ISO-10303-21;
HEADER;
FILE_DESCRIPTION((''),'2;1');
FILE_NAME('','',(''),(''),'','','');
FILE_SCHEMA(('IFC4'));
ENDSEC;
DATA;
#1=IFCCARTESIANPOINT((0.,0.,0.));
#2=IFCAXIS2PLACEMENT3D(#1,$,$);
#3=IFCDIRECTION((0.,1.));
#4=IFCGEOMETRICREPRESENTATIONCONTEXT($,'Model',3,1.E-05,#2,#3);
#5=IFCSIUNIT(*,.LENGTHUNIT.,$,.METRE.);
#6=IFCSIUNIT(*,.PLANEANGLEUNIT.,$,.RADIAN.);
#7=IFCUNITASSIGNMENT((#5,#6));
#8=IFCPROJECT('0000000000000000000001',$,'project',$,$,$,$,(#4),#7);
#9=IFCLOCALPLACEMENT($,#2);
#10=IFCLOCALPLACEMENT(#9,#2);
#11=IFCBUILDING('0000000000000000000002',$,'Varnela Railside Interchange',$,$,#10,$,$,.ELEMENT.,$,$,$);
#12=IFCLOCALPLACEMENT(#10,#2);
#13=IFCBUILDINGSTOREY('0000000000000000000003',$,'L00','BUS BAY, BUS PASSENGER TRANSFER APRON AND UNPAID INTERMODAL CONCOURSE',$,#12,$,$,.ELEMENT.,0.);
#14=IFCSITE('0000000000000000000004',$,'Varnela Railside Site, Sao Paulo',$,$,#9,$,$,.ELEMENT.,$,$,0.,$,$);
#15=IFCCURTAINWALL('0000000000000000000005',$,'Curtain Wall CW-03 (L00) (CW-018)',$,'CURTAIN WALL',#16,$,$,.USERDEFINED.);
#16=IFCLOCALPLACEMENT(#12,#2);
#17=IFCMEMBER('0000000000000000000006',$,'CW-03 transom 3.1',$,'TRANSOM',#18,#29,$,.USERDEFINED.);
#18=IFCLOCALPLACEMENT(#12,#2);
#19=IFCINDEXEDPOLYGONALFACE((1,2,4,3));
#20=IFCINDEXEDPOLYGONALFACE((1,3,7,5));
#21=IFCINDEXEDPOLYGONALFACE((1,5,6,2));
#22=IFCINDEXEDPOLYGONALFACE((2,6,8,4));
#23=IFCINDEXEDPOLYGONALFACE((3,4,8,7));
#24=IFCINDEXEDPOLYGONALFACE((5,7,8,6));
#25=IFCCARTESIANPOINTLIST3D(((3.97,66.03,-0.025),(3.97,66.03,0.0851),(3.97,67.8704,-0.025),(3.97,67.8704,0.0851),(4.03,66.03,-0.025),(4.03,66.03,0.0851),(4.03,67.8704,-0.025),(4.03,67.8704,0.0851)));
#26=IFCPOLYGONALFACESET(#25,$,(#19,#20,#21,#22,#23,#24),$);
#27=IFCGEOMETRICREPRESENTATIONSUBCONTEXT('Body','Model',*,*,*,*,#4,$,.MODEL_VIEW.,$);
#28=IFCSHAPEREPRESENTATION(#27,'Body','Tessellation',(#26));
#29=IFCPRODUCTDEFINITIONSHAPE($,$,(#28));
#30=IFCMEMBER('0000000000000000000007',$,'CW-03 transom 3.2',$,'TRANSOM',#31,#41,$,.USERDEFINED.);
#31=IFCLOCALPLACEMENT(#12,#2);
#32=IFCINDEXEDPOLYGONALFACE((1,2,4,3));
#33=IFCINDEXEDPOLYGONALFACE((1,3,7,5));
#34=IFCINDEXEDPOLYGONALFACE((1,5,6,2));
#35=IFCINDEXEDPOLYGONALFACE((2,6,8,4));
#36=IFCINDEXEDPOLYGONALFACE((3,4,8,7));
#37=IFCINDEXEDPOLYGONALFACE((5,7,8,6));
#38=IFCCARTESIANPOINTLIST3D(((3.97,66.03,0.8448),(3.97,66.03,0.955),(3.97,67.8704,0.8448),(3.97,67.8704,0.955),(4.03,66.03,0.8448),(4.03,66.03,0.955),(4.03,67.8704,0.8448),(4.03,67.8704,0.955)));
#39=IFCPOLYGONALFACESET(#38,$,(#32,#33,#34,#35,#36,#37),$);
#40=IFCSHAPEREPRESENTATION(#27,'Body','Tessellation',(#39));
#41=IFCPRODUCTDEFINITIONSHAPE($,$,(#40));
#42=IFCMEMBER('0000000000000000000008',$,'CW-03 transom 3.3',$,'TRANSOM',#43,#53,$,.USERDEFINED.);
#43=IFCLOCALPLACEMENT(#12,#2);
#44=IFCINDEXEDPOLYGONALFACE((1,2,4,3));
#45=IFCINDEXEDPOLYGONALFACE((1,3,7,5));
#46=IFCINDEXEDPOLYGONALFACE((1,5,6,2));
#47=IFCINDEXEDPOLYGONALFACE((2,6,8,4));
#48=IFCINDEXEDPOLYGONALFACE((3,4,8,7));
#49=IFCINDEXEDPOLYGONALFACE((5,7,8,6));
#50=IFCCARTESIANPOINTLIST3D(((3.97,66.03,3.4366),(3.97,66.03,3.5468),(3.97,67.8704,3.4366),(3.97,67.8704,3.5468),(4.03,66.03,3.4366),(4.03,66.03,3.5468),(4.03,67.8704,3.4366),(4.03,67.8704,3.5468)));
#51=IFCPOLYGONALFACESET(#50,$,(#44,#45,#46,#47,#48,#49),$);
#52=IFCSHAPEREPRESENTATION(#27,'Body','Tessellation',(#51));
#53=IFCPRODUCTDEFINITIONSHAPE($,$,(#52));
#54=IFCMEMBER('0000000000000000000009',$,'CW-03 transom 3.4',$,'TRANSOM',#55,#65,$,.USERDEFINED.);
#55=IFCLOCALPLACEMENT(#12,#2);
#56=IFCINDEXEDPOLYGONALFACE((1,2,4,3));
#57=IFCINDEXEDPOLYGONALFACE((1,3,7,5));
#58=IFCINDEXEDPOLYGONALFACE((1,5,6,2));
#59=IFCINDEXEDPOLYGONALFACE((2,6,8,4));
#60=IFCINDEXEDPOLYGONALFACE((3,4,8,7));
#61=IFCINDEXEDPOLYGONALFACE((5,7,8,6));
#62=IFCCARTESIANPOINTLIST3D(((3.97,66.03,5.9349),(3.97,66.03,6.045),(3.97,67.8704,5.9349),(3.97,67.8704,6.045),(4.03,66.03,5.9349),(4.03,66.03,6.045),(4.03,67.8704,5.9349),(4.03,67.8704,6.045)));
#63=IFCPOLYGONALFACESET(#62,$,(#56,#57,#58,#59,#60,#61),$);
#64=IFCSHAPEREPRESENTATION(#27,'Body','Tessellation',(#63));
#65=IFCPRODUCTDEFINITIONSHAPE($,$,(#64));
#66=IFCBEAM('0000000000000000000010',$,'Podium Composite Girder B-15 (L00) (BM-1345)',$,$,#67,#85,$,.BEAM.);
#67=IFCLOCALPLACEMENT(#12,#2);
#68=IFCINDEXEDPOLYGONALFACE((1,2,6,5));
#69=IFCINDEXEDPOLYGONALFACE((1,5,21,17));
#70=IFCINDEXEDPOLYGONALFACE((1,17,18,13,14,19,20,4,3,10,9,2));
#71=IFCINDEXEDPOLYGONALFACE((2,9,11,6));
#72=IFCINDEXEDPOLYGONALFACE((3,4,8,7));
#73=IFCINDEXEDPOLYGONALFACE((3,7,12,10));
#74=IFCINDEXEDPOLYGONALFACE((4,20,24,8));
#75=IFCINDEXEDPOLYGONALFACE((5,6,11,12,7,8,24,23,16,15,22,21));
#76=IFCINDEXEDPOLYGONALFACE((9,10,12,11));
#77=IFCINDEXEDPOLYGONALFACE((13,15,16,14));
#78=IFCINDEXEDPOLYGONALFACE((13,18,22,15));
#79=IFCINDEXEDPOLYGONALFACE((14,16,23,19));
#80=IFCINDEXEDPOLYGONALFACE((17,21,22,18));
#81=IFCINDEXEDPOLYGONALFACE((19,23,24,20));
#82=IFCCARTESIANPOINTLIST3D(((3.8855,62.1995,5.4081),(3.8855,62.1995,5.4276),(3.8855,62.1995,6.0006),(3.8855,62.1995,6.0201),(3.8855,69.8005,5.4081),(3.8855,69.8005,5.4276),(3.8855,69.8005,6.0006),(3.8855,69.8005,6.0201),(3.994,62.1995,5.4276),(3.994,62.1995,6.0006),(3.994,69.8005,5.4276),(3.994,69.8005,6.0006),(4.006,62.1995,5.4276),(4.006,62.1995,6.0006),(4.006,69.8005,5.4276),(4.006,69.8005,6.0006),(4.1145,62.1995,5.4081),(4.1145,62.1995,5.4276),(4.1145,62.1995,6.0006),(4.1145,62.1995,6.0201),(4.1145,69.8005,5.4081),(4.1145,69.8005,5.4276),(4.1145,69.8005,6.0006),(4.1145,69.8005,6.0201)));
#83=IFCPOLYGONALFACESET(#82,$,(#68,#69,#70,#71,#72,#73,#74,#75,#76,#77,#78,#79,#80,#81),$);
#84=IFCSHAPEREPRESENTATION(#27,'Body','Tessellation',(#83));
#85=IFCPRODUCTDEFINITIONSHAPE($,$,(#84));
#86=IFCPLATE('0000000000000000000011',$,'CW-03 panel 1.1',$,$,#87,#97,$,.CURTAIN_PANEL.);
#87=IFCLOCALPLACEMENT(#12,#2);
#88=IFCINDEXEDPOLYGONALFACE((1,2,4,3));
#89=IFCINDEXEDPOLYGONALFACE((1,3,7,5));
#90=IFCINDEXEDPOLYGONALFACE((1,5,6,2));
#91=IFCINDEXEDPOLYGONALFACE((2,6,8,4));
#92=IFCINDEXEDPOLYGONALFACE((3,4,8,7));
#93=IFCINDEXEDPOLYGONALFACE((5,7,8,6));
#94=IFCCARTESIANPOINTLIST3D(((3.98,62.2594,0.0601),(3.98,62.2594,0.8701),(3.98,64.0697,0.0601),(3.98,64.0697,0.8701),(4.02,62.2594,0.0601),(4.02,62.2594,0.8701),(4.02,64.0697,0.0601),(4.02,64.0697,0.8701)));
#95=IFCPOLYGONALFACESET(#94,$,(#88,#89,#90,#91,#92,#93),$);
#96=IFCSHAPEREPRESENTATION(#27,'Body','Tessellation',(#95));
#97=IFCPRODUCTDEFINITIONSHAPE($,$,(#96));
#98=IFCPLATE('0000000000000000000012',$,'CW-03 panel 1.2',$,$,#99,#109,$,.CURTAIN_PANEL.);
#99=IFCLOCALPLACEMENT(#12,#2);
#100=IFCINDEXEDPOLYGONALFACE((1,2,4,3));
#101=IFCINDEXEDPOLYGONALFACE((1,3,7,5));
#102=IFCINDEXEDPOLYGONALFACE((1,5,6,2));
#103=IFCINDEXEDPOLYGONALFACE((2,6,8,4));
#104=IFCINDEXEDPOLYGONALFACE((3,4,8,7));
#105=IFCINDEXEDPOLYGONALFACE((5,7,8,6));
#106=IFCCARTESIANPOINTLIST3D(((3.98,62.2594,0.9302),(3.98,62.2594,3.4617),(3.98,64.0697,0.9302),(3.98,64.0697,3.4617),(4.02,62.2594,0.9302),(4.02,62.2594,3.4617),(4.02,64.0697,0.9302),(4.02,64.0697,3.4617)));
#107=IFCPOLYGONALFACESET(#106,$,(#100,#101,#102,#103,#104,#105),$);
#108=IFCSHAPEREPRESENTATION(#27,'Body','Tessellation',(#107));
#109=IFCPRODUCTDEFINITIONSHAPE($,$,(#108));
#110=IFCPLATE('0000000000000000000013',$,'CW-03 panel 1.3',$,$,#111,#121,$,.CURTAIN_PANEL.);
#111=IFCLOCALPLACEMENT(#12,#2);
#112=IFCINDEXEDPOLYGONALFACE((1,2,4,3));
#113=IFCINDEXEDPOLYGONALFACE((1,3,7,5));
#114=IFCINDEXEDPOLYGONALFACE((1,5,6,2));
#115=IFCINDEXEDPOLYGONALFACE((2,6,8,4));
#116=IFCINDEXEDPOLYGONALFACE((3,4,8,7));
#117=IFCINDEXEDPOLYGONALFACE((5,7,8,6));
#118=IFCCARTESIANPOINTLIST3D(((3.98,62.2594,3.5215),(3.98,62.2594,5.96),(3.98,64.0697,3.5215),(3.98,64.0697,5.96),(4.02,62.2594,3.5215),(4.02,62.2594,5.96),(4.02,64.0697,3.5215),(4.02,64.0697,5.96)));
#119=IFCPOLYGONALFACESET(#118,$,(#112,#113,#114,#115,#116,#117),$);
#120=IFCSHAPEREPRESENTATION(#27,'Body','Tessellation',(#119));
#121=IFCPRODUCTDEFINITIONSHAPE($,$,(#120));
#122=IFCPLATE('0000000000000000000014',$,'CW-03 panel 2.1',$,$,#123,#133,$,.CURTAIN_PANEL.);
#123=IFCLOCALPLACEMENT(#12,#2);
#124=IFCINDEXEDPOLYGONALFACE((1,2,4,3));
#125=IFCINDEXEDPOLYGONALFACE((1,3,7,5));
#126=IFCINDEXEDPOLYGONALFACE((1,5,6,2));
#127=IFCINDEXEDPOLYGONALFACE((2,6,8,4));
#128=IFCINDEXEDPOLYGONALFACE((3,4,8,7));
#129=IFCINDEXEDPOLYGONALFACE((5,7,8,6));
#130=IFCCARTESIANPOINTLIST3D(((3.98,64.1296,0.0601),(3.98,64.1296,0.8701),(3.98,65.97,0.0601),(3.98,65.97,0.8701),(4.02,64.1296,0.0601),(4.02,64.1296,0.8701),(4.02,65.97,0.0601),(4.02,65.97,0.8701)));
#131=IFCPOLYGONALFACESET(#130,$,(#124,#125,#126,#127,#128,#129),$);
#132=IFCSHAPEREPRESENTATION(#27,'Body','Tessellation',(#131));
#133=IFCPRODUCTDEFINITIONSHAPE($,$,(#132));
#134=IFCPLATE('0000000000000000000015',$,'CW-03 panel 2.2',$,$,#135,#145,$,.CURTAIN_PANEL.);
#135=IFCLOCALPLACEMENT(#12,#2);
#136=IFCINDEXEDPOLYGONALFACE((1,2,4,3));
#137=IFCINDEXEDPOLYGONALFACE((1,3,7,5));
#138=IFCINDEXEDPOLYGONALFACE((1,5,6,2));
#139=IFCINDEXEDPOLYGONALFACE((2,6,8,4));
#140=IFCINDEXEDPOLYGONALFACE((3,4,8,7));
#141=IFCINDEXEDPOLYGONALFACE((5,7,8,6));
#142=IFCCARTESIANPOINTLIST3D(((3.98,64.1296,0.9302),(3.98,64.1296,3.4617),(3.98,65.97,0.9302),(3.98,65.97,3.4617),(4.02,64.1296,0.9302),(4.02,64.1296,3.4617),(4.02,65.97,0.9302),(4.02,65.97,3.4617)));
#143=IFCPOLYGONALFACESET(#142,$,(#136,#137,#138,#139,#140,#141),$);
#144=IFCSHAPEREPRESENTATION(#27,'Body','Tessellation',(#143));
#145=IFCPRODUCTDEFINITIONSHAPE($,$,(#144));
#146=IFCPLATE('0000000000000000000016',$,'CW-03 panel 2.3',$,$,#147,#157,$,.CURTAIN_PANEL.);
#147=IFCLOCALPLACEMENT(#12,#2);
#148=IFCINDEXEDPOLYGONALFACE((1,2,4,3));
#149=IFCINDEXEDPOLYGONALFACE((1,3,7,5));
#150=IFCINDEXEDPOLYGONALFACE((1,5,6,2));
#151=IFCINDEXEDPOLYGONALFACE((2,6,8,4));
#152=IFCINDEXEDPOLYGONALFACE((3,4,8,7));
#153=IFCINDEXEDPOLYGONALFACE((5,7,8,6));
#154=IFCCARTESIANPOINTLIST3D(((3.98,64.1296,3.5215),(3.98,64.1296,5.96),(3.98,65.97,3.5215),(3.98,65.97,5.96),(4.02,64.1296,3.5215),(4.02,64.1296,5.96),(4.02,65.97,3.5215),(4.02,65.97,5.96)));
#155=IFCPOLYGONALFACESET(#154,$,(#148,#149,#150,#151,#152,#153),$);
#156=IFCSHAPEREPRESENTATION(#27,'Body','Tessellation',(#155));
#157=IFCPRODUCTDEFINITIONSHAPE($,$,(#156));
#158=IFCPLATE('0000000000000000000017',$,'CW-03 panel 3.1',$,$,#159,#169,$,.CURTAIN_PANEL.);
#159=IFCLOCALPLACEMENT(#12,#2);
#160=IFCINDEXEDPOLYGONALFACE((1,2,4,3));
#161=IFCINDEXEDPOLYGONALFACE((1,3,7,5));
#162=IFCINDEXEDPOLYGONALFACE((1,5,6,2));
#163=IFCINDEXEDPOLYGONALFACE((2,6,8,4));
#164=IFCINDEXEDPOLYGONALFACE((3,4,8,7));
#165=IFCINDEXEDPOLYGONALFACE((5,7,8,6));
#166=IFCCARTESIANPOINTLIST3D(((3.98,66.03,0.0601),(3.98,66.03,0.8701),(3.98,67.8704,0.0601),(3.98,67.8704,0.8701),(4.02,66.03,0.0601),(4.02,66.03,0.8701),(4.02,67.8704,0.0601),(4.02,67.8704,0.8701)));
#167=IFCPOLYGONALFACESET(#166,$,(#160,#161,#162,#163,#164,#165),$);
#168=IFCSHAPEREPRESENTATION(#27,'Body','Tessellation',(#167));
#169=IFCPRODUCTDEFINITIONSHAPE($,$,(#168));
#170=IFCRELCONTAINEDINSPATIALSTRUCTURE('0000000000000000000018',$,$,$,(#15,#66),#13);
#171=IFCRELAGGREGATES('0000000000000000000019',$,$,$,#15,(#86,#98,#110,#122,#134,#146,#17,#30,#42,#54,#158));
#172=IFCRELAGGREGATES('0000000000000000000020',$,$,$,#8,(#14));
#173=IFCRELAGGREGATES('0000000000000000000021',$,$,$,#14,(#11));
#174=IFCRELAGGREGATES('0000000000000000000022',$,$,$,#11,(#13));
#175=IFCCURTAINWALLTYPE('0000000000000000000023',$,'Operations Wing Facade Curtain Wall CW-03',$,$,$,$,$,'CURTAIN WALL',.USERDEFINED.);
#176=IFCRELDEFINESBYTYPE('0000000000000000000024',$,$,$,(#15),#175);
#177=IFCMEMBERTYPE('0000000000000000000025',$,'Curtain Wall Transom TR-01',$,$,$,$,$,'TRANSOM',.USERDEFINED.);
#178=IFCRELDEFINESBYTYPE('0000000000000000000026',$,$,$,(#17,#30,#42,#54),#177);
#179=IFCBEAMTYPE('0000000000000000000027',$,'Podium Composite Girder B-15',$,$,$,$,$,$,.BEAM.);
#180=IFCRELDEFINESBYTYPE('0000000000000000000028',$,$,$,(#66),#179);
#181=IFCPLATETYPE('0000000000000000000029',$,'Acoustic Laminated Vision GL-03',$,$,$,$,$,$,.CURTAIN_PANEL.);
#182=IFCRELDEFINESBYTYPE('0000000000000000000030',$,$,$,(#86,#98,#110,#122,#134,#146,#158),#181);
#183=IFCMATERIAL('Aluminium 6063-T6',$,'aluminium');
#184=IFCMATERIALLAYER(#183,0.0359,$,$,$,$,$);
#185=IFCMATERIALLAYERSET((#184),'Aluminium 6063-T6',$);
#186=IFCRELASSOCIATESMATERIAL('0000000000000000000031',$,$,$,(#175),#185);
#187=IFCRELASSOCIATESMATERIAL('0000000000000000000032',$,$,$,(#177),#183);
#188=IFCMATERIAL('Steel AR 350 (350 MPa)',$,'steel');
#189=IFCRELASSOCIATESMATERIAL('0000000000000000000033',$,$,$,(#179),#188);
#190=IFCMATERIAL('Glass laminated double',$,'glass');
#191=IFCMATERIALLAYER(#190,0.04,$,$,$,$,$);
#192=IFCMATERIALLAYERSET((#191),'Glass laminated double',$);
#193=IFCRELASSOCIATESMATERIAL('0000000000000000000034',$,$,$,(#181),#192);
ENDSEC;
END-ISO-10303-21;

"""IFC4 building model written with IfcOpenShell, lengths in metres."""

from ifc_helpers import new_model, si_unit, direction, frame, origin, origin_2d, place, context, subcontext, project, spatial, rectangle, i_section, extrude, material, layer, layer_set, material_profile, profile_set, type_object, element, aggregate, save


model = new_model("IFC4")

# Units and contexts
model_context = context("Model", 3, precision=1e-05, world=origin(), true_north=direction((0.0, 1.0)))
body_context = subcontext(model_context, "Body", "Model", "MODEL_VIEW")
ifc_project = project(units=[si_unit("LENGTHUNIT", "METRE"), si_unit("PLANEANGLEUNIT", "RADIAN")], contexts=[model_context])

# Site, building, storey
site_placement = place(None, origin())
site = spatial("IfcSite", under=ifc_project, at=site_placement, Name="Varnela Railside Site, Sao Paulo", CompositionType="ELEMENT", RefElevation=0.0)
building_placement = place(site_placement, origin())
building = spatial("IfcBuilding", under=site, at=building_placement, Name="Varnela Railside Interchange", CompositionType="ELEMENT")
storey_placement = place(building_placement, origin())
storey = spatial("IfcBuildingStorey", under=building, at=storey_placement, Name="L00", Description="BUS BAY, BUS PASSENGER TRANSFER APRON AND UNPAID INTERMODAL CONCOURSE", CompositionType="ELEMENT", Elevation=0.0)

# Shared definitions
ifc_material_1 = material(Name="Steel AR 350 (350 MPa)", Category="steel")

# Curtain wall, members
ifc_material_2 = material(Name="Aluminium 6063-T6", Category="aluminium")
ifc_layer_1 = layer(ifc_material_2, 0.0359)
ifc_layer_set_1 = layer_set([ifc_layer_1], Name="Aluminium 6063-T6")
curtain_wall_type = type_object("IfcCurtainWallType", Name="Operations Wing Facade Curtain Wall CW-03", ElementType="CURTAIN WALL", PredefinedType="USERDEFINED", material=ifc_layer_set_1)
curtain_wall_placement = place(storey_placement, origin())
curtain_wall = element("IfcCurtainWall", 1, at=curtain_wall_placement, inside=storey, type_object=curtain_wall_type, Name="Curtain Wall CW-03 (L00) (CW-018)", ObjectType="CURTAIN WALL", PredefinedType="USERDEFINED")
ifc_material_profile_1 = material_profile(ifc_material_2, rectangle(XDim=0.0601, YDim=0.1101, at=origin_2d()), Name="ALU 60x110")
ifc_profile_set_1 = profile_set([ifc_material_profile_1], Name="Aluminium 6063-T6")
member_type_1 = type_object("IfcMemberType", Name="Curtain Wall Transom TR-01", ElementType="TRANSOM", PredefinedType="USERDEFINED", material=ifc_profile_set_1)
member_1_placement = place(storey_placement, frame((4.0, 66.03, 0.03), z_axis=(0.0, 1.0, 0.0), x_axis=(-1.0, 0.0, 0.0)))
member_1 = element("IfcMember", 2, at=member_1_placement, type_object=member_type_1, Name="CW-03 transom 3.1", ObjectType="TRANSOM", PredefinedType="USERDEFINED", context=body_context, shape_type="SweptSolid", body=[
    extrude(rectangle(XDim=0.0601, YDim=0.1101, at=origin_2d()), origin(), (0.0, 0.0, 1.0), 1.8403),
])
member_2_placement = place(storey_placement, frame((4.0, 66.03, 0.8999), z_axis=(0.0, 1.0, 0.0), x_axis=(-1.0, 0.0, 0.0)))
member_2 = element("IfcMember", 3, at=member_2_placement, type_object=member_type_1, Name="CW-03 transom 3.2", ObjectType="TRANSOM", PredefinedType="USERDEFINED", context=body_context, shape_type="SweptSolid", body=[
    extrude(rectangle(XDim=0.0601, YDim=0.1101, at=origin_2d()), origin(), (0.0, 0.0, 1.0), 1.8403),
])
member_3_placement = place(storey_placement, frame((4.0, 66.03, 3.4917), z_axis=(0.0, 1.0, 0.0), x_axis=(-1.0, 0.0, 0.0)))
member_3 = element("IfcMember", 4, at=member_3_placement, type_object=member_type_1, Name="CW-03 transom 3.3", ObjectType="TRANSOM", PredefinedType="USERDEFINED", context=body_context, shape_type="SweptSolid", body=[
    extrude(rectangle(XDim=0.0601, YDim=0.1101, at=origin_2d()), origin(), (0.0, 0.0, 1.0), 1.8403),
])
member_4_placement = place(storey_placement, frame((4.0, 66.03, 5.99), z_axis=(0.0, 1.0, 0.0), x_axis=(-1.0, 0.0, 0.0)))
member_4 = element("IfcMember", 5, at=member_4_placement, type_object=member_type_1, Name="CW-03 transom 3.4", ObjectType="TRANSOM", PredefinedType="USERDEFINED", context=body_context, shape_type="SweptSolid", body=[
    extrude(rectangle(XDim=0.0601, YDim=0.1101, at=origin_2d()), origin(), (0.0, 0.0, 1.0), 1.8403),
])

# Beam
ifc_material_profile_2 = material_profile(ifc_material_1, i_section(OverallWidth=0.229, OverallDepth=0.6121, WebThickness=0.012, FlangeThickness=0.0195, at=origin_2d()), Name="W610x125")
ifc_profile_set_2 = profile_set([ifc_material_profile_2], Name="Steel AR 350 (350 MPa)")
beam_type_1 = type_object("IfcBeamType", Name="Podium Composite Girder B-15", PredefinedType="BEAM", material=ifc_profile_set_2)
beam_placement = place(storey_placement, frame((4.0, 62.1995, 5.7141), z_axis=(0.0, 1.0, 0.0), x_axis=(-1.0, 0.0, 0.0)))
element("IfcBeam", 6, at=beam_placement, inside=storey, type_object=beam_type_1, Name="Podium Composite Girder B-15 (L00) (BM-1345)", PredefinedType="BEAM", context=body_context, shape_type="SweptSolid", body=[
    extrude(i_section(OverallWidth=0.229, OverallDepth=0.6121, WebThickness=0.012, FlangeThickness=0.0195, at=origin_2d()), origin(), (0.0, 0.0, 1.0), 7.6011),
])

# Plates
ifc_material_3 = material(Name="Glass laminated double", Category="glass")
ifc_layer_2 = layer(ifc_material_3, 0.04)
ifc_layer_set_2 = layer_set([ifc_layer_2], Name="Glass laminated double")
plate_type = type_object("IfcPlateType", Name="Acoustic Laminated Vision GL-03", PredefinedType="CURTAIN_PANEL", material=ifc_layer_set_2)
plate_1_placement = place(storey_placement, frame((4.0, 63.1646, 0.0601), z_axis=(0.0, 0.0, 1.0), x_axis=(0.0, 1.0, 0.0)))
plate_1 = element("IfcPlate", 7, at=plate_1_placement, type_object=plate_type, Name="CW-03 panel 1.1", PredefinedType="CURTAIN_PANEL", context=body_context, shape_type="SweptSolid", body=[
    extrude(rectangle(XDim=1.8103, YDim=0.04, at=origin_2d()), origin(), (0.0, 0.0, 1.0), 0.8101),
])
plate_2_placement = place(storey_placement, frame((4.0, 63.1646, 0.9302), z_axis=(0.0, 0.0, 1.0), x_axis=(0.0, 1.0, 0.0)))
plate_2 = element("IfcPlate", 8, at=plate_2_placement, type_object=plate_type, Name="CW-03 panel 1.2", PredefinedType="CURTAIN_PANEL", context=body_context, shape_type="SweptSolid", body=[
    extrude(rectangle(XDim=1.8103, YDim=0.04, at=origin_2d()), origin(), (0.0, 0.0, 1.0), 2.5315),
])
plate_3_placement = place(storey_placement, frame((4.0, 63.1646, 3.5215), z_axis=(0.0, 0.0, 1.0), x_axis=(0.0, 1.0, 0.0)))
plate_3 = element("IfcPlate", 9, at=plate_3_placement, type_object=plate_type, Name="CW-03 panel 1.3", PredefinedType="CURTAIN_PANEL", context=body_context, shape_type="SweptSolid", body=[
    extrude(rectangle(XDim=1.8103, YDim=0.04, at=origin_2d()), origin(), (0.0, 0.0, 1.0), 2.4385),
])
plate_4_placement = place(storey_placement, frame((4.0, 65.0498, 0.0601), z_axis=(0.0, 0.0, 1.0), x_axis=(0.0, 1.0, 0.0)))
plate_4 = element("IfcPlate", 10, at=plate_4_placement, type_object=plate_type, Name="CW-03 panel 2.1", PredefinedType="CURTAIN_PANEL", context=body_context, shape_type="SweptSolid", body=[
    extrude(rectangle(XDim=1.8403, YDim=0.04, at=origin_2d()), origin(), (0.0, 0.0, 1.0), 0.8101),
])
plate_5_placement = place(storey_placement, frame((4.0, 65.0498, 0.9302), z_axis=(0.0, 0.0, 1.0), x_axis=(0.0, 1.0, 0.0)))
plate_5 = element("IfcPlate", 11, at=plate_5_placement, type_object=plate_type, Name="CW-03 panel 2.2", PredefinedType="CURTAIN_PANEL", context=body_context, shape_type="SweptSolid", body=[
    extrude(rectangle(XDim=1.8403, YDim=0.04, at=origin_2d()), origin(), (0.0, 0.0, 1.0), 2.5315),
])
plate_6_placement = place(storey_placement, frame((4.0, 65.0498, 3.5215), z_axis=(0.0, 0.0, 1.0), x_axis=(0.0, 1.0, 0.0)))
plate_6 = element("IfcPlate", 12, at=plate_6_placement, type_object=plate_type, Name="CW-03 panel 2.3", PredefinedType="CURTAIN_PANEL", context=body_context, shape_type="SweptSolid", body=[
    extrude(rectangle(XDim=1.8403, YDim=0.04, at=origin_2d()), origin(), (0.0, 0.0, 1.0), 2.4385),
])
plate_7_placement = place(storey_placement, frame((4.0, 66.9502, 0.0601), z_axis=(0.0, 0.0, 1.0), x_axis=(0.0, 1.0, 0.0)))
plate_7 = element("IfcPlate", 13, at=plate_7_placement, type_object=plate_type, Name="CW-03 panel 3.1", PredefinedType="CURTAIN_PANEL", context=body_context, shape_type="SweptSolid", body=[
    extrude(rectangle(XDim=1.8403, YDim=0.04, at=origin_2d()), origin(), (0.0, 0.0, 1.0), 0.8101),
])
aggregate(curtain_wall, [plate_1, plate_2, plate_3, plate_4, plate_5, plate_6, member_1, member_2, member_3, member_4, plate_7])

save(model, "model.ifc")
